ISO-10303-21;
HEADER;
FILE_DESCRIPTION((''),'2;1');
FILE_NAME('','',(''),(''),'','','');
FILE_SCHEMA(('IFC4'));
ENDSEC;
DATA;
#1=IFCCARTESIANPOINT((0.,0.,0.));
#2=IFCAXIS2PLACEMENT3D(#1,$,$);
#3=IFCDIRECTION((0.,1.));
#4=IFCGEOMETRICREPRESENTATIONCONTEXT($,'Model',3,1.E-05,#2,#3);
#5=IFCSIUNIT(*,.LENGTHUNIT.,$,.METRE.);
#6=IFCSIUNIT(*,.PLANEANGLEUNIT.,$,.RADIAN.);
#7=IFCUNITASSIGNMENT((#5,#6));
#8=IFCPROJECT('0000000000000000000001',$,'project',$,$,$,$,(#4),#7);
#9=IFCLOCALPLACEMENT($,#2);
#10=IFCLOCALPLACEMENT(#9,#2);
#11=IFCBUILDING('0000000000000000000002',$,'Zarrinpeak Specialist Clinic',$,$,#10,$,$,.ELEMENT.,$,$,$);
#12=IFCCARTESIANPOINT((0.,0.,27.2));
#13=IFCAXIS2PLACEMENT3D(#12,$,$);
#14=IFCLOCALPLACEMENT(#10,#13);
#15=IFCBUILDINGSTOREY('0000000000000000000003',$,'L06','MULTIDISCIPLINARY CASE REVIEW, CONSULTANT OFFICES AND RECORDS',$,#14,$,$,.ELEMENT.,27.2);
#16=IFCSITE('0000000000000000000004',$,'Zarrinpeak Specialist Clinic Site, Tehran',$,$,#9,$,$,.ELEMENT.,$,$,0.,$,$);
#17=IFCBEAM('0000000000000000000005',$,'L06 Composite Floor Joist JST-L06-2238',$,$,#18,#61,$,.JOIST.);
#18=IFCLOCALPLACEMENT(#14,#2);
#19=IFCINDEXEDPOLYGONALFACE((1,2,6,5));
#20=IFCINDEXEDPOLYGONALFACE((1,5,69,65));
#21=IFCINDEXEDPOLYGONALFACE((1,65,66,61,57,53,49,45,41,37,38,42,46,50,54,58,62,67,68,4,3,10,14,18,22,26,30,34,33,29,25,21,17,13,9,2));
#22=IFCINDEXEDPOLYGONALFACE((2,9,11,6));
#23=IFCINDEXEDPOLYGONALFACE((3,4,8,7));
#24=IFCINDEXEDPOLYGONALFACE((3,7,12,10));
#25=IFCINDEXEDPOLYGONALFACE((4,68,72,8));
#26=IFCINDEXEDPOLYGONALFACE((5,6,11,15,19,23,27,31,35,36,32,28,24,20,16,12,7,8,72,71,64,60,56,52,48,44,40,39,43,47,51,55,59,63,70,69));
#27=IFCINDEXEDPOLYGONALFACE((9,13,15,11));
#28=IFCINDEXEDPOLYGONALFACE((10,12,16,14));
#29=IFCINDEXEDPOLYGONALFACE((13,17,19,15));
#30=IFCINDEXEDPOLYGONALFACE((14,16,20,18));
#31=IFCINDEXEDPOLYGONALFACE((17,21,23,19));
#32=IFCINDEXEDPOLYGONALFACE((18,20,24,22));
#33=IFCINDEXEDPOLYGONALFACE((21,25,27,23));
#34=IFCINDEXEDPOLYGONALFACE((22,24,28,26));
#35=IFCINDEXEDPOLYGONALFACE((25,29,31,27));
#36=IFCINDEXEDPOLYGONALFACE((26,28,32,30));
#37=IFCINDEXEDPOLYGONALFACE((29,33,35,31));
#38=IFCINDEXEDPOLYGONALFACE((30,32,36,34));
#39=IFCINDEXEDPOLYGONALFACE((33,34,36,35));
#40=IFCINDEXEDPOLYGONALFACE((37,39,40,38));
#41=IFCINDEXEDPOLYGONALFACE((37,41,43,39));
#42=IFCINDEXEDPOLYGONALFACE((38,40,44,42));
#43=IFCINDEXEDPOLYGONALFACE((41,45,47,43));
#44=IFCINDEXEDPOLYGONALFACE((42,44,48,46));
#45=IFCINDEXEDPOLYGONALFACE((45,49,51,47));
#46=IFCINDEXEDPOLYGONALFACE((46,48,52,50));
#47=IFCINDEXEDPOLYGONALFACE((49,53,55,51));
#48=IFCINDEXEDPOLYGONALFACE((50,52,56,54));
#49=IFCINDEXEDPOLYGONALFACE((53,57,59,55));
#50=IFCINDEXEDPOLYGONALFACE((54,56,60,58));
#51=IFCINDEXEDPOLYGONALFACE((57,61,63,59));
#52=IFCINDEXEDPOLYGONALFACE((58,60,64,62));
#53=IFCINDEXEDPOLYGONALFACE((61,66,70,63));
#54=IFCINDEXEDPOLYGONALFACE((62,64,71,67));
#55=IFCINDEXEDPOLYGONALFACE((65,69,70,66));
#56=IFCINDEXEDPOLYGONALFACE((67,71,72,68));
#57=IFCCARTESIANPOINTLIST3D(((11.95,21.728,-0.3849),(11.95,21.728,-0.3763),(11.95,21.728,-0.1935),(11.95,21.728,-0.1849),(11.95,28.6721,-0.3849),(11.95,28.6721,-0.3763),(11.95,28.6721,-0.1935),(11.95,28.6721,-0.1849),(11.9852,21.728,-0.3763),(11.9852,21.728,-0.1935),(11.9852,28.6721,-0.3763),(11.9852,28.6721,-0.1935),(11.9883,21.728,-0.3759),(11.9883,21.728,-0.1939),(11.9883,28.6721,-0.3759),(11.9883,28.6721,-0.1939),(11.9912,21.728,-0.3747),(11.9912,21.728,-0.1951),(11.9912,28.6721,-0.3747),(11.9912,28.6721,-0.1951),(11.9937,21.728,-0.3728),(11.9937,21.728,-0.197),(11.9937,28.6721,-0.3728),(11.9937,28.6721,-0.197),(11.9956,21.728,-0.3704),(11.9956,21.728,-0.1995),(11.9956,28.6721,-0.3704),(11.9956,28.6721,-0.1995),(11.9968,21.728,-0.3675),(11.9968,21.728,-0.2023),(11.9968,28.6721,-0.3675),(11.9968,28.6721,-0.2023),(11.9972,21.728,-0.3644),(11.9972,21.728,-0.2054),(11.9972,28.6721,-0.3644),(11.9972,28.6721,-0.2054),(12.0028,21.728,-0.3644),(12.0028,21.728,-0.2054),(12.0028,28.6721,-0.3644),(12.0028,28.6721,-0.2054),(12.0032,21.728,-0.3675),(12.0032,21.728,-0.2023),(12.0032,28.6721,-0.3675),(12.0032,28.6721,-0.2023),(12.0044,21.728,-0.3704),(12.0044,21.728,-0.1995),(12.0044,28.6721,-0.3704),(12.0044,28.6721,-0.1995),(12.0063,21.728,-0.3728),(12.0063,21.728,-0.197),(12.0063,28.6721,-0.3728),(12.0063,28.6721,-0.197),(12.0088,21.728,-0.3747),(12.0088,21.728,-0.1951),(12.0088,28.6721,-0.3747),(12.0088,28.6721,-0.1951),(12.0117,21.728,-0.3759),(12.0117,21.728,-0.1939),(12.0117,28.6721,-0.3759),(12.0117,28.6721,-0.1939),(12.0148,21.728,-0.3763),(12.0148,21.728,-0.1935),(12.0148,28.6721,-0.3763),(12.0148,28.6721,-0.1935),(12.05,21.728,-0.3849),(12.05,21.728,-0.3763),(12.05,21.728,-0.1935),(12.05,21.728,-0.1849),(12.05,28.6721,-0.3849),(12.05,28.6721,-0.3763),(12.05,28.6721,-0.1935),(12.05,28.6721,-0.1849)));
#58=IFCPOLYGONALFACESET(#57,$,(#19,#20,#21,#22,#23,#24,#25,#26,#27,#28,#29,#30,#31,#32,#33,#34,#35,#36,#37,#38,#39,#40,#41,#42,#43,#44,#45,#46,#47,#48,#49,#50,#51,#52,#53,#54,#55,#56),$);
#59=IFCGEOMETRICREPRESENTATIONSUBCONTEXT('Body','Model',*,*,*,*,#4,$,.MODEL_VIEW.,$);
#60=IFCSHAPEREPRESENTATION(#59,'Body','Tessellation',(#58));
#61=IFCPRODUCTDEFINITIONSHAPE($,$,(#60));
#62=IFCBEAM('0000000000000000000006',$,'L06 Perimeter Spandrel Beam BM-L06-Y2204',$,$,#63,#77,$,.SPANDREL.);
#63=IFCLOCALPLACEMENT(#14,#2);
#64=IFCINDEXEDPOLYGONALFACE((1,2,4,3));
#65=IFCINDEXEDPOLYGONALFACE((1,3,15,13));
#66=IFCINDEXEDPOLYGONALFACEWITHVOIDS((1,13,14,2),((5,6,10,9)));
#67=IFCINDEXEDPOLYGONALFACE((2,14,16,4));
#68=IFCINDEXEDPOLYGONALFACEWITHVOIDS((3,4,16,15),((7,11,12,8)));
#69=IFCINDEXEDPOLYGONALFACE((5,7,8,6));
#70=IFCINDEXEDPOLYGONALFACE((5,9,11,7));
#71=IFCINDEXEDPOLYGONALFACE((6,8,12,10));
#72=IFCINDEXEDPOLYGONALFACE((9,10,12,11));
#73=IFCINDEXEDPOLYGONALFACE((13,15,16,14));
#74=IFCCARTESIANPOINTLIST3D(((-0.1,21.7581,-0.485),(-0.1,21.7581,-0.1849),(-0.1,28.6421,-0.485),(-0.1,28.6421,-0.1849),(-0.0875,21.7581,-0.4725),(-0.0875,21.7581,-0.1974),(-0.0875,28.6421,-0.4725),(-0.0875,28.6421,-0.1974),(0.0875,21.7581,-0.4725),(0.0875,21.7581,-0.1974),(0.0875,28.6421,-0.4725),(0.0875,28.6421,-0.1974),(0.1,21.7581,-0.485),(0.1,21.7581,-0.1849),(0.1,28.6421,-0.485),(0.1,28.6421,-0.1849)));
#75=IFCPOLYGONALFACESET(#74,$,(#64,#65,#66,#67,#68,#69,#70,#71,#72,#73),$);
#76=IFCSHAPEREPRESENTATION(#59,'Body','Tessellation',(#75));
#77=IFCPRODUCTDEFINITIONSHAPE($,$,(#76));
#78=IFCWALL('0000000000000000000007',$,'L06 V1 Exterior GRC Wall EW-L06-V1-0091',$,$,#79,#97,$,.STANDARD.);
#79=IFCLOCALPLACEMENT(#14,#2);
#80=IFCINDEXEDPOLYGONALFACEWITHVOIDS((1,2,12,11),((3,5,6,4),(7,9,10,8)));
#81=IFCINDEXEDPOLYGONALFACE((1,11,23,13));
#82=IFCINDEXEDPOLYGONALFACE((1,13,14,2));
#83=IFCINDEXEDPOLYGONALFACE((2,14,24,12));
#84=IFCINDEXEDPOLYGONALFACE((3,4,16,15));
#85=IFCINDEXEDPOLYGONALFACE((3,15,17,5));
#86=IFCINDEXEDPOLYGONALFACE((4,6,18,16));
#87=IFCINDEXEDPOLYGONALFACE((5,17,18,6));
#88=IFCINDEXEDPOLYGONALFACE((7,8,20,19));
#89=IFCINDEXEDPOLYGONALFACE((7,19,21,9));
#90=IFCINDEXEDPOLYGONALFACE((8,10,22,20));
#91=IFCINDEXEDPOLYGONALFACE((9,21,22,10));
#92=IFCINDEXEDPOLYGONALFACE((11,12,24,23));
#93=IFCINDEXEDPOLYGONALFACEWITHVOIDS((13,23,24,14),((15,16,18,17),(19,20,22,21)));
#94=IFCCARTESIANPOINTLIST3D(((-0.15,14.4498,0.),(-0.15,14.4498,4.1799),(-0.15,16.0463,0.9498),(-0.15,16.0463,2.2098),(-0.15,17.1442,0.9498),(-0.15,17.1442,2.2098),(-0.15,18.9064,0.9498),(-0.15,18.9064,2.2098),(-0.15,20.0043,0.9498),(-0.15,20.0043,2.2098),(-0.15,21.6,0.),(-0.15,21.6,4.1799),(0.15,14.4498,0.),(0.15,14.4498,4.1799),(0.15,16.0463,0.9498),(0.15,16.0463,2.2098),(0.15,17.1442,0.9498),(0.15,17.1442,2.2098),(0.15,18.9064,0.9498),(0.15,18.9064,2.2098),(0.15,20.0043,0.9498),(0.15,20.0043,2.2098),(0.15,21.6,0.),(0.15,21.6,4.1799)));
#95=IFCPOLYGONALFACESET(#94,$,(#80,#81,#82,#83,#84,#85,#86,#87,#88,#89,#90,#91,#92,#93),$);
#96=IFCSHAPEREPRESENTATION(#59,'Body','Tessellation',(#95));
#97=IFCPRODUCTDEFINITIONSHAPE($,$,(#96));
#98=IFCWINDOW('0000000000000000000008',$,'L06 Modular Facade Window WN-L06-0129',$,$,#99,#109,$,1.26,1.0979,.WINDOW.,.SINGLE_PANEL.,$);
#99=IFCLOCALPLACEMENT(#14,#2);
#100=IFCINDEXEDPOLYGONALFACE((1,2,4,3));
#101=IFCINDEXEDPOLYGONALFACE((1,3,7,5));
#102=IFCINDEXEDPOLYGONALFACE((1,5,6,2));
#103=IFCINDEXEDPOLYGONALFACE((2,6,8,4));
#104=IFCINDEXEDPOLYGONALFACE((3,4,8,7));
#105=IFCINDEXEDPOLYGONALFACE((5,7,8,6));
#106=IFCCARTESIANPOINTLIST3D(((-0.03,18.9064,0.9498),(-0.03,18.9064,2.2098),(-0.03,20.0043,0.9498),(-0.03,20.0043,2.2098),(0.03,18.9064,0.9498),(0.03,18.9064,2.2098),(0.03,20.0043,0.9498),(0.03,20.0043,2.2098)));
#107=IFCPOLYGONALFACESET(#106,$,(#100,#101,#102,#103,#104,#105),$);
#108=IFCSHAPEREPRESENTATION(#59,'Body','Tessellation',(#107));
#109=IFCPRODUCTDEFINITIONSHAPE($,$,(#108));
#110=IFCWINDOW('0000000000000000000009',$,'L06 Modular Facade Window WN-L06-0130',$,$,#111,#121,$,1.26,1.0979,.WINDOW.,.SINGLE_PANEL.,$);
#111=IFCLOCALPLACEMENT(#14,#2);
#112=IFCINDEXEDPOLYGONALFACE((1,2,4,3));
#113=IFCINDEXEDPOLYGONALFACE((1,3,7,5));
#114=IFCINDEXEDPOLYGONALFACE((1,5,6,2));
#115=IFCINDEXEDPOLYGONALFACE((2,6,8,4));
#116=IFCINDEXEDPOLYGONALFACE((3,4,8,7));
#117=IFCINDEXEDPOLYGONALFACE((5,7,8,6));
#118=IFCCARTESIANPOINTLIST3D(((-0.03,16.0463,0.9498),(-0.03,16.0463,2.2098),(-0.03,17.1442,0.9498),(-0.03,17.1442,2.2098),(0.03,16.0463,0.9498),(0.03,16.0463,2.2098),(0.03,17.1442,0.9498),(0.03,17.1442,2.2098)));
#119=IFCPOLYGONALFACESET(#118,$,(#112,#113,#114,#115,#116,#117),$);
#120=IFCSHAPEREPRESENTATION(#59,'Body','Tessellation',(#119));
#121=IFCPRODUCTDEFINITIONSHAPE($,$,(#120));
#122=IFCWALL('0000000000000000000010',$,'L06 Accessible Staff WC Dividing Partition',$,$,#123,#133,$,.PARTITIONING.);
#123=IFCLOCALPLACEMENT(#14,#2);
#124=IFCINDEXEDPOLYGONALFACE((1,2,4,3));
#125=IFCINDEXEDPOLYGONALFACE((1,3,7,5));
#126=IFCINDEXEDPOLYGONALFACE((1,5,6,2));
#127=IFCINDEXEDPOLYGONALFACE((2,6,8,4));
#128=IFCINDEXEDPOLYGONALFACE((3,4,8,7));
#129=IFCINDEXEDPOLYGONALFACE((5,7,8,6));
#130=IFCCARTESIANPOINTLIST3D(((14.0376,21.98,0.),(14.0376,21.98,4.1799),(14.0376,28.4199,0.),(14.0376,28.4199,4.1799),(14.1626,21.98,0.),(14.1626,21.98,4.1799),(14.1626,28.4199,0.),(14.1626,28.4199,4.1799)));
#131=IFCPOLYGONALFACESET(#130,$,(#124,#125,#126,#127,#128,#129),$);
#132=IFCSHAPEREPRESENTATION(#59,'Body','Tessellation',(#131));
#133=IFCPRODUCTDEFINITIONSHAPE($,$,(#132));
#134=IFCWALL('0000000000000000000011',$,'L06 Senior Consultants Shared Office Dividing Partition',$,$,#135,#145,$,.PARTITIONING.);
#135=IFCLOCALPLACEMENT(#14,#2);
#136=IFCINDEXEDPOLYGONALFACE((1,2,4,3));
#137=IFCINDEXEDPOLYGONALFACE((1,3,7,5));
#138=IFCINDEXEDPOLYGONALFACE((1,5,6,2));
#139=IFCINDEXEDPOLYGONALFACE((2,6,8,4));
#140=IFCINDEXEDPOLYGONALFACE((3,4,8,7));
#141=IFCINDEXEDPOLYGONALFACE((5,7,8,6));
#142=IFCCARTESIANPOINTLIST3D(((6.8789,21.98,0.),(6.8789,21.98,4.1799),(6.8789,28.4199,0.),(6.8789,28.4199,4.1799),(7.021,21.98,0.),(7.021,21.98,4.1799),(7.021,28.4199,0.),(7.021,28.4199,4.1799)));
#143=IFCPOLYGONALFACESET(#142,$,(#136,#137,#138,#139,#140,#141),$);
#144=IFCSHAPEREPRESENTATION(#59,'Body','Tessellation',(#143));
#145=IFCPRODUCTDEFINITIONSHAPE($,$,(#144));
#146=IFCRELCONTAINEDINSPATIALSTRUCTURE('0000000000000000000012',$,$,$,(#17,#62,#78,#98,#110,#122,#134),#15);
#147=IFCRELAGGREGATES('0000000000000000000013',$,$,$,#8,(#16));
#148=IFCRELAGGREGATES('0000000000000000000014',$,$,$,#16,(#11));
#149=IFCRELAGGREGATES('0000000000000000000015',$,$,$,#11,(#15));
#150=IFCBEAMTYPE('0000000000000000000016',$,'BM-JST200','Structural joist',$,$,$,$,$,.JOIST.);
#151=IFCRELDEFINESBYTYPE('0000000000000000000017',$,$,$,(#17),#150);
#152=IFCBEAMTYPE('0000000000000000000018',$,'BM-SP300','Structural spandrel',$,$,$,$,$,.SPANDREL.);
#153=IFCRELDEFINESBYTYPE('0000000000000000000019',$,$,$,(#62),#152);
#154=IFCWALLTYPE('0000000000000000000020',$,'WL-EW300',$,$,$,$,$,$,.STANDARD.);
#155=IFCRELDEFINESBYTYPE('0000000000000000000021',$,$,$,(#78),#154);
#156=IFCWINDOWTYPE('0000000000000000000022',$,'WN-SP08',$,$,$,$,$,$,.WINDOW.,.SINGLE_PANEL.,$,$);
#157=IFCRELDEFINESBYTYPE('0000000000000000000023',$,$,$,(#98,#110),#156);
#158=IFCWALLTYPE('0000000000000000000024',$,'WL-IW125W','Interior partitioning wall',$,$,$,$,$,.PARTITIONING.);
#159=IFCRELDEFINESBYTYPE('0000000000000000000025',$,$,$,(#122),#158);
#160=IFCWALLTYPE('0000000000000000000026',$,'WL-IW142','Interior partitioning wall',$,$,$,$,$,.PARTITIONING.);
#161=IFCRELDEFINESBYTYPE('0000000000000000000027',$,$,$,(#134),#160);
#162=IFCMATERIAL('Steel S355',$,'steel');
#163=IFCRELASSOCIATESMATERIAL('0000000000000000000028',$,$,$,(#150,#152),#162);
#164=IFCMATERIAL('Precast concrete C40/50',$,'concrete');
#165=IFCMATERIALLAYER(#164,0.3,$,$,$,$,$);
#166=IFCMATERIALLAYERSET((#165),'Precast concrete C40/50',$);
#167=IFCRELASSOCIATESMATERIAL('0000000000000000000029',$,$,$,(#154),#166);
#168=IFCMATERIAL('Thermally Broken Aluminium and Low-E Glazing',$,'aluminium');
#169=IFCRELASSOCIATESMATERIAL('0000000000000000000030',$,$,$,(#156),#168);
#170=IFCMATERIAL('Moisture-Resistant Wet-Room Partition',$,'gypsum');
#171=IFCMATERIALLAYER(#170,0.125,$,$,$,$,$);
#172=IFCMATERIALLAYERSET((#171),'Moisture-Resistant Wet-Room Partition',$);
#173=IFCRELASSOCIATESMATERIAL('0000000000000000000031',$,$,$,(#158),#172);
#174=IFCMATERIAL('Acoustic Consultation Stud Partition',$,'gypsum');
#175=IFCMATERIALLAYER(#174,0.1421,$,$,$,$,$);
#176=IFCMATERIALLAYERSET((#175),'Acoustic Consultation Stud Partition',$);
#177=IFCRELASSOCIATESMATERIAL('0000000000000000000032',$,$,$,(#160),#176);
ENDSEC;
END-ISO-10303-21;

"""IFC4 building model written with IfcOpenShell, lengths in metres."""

from ifc_helpers import new_model, si_unit, direction, frame, frame_2d, origin, origin_2d, place, context, subcontext, project, spatial, rectangle, hollow_rectangle, i_section, extrude, material, layer, layer_set, material_profile, profile_set, type_object, element, fill, save


model = new_model("IFC4")

# Units and contexts
model_context = context("Model", 3, precision=1e-05, world=origin(), true_north=direction((0.0, 1.0)))
body_context = subcontext(model_context, "Body", "Model", "MODEL_VIEW")
ifc_project = project(units=[si_unit("LENGTHUNIT", "METRE"), si_unit("PLANEANGLEUNIT", "RADIAN")], contexts=[model_context])

# Site, building, storey
site_placement = place(None, origin())
site = spatial("IfcSite", under=ifc_project, at=site_placement, Name="Zarrinpeak Specialist Clinic Site, Tehran", CompositionType="ELEMENT", RefElevation=0.0)
building_placement = place(site_placement, origin())
building = spatial("IfcBuilding", under=site, at=building_placement, Name="Zarrinpeak Specialist Clinic", CompositionType="ELEMENT")
storey_placement = place(building_placement, frame((0.0, 0.0, 27.2)))
storey = spatial("IfcBuildingStorey", under=building, at=storey_placement, Name="L06", Description="MULTIDISCIPLINARY CASE REVIEW, CONSULTANT OFFICES AND RECORDS", CompositionType="ELEMENT", Elevation=27.2)

# Shared definitions
ifc_material_1 = material(Name="Steel S355", Category="steel")

# Beams
ifc_material_profile_1 = material_profile(ifc_material_1, i_section(OverallWidth=0.1001, OverallDepth=0.2, WebThickness=0.0056, FlangeThickness=0.0085, FilletRadius=0.012, at=origin_2d()), Name="IPE 200")
ifc_profile_set_1 = profile_set([ifc_material_profile_1], Name="Steel S355")
beam_type_1 = type_object("IfcBeamType", Name="BM-JST200", Description="Structural joist", PredefinedType="JOIST", material=ifc_profile_set_1)
for number, where, z_axis, x_axis, name in (
    (1, (12.0, 21.728, -0.2849), (0.0, 1.0, 0.0), (-1.0, 0.0, 0.0), "L06 Composite Floor Joist JST-L06-2238"),
):
    element("IfcBeam", number, at=place(storey_placement, frame(where, z_axis=z_axis, x_axis=x_axis)), inside=storey, type_object=beam_type_1, Name=name, PredefinedType="JOIST", context=body_context, shape_type="SweptSolid", body=[
        extrude(i_section(OverallWidth=0.1001, OverallDepth=0.2, WebThickness=0.0056, FlangeThickness=0.0085, FilletRadius=0.012, at=origin_2d()), origin(), (0.0, 0.0, 1.0), 6.9441),
    ])
ifc_material_profile_2 = material_profile(ifc_material_1, hollow_rectangle(XDim=0.2, YDim=0.3, WallThickness=0.0125, at=origin_2d()), Name="RHS 300x200x12.5")
ifc_profile_set_2 = profile_set([ifc_material_profile_2], Name="Steel S355")
beam_type_2 = type_object("IfcBeamType", Name="BM-SP300", Description="Structural spandrel", PredefinedType="SPANDREL", material=ifc_profile_set_2)
beam_1_placement = place(storey_placement, frame((0.0, 21.7581, -0.335), z_axis=(0.0, 1.0, 0.0), x_axis=(-1.0, 0.0, 0.0)))
element("IfcBeam", 2, at=beam_1_placement, inside=storey, type_object=beam_type_2, Name="L06 Perimeter Spandrel Beam BM-L06-Y2204", PredefinedType="SPANDREL", context=body_context, shape_type="SweptSolid", body=[
    extrude(hollow_rectangle(XDim=0.2, YDim=0.3, WallThickness=0.0125, at=origin_2d()), origin(), (0.0, 0.0, 1.0), 6.884),
])

# Wall, openings, windows
ifc_material_2 = material(Name="Precast concrete C40/50", Category="concrete")
ifc_layer_1 = layer(ifc_material_2, 0.3)
ifc_layer_set_1 = layer_set([ifc_layer_1], Name="Precast concrete C40/50")
wall_type_1 = type_object("IfcWallType", Name="WL-EW300", PredefinedType="STANDARD", material=ifc_layer_set_1)
wall_1_placement = place(storey_placement, frame((0.0, 21.6001, 0.0), z_axis=(0.0, 0.0, 1.0), x_axis=(0.0, -1.0, 0.0)))
wall_1 = element("IfcWall", 3, at=wall_1_placement, inside=storey, type_object=wall_type_1, Name="L06 V1 Exterior GRC Wall EW-L06-V1-0091", PredefinedType="STANDARD", context=body_context, shape_type="SweptSolid", body=[
    extrude(rectangle(XDim=7.1501, YDim=0.3, at=frame_2d((3.5752, 0.0))), origin(), (0.0, 0.0, 1.0), 4.1799),
])
opening_1_placement = place(wall_1_placement, frame((1.5959, 0.0, 0.95)))
opening_1 = element("IfcOpeningElement", 4, at=opening_1_placement, cuts=wall_1, PredefinedType="OPENING", context=body_context, shape_type="SweptSolid", body=[
    extrude(rectangle(XDim=1.0979, YDim=1.26, at=frame_2d((0.5488, 0.6299))), frame((0.0, 0.1602, 0.0), z_axis=(0.0, -1.0, 0.0), x_axis=(1.0, 0.0, 0.0)), (0.0, 0.0, 1.0), 0.3201),
])
opening_2_placement = place(wall_1_placement, frame((4.4561, 0.0, 0.95)))
opening_2 = element("IfcOpeningElement", 5, at=opening_2_placement, cuts=wall_1, PredefinedType="OPENING", context=body_context, shape_type="SweptSolid", body=[
    extrude(rectangle(XDim=1.0979, YDim=1.26, at=frame_2d((0.5488, 0.6299))), frame((0.0, 0.1602, 0.0), z_axis=(0.0, -1.0, 0.0), x_axis=(1.0, 0.0, 0.0)), (0.0, 0.0, 1.0), 0.3201),
])
ifc_material_3 = material(Name="Thermally Broken Aluminium and Low-E Glazing", Category="aluminium")
window_type = type_object("IfcWindowType", Name="WN-SP08", PartitioningType="SINGLE_PANEL", PredefinedType="WINDOW", material=ifc_material_3)
window_1_placement = place(opening_1_placement, origin())
window_1 = element("IfcWindow", 6, at=window_1_placement, inside=storey, type_object=window_type, Name="L06 Modular Facade Window WN-L06-0129", OverallHeight=1.26, OverallWidth=1.0979, PartitioningType="SINGLE_PANEL", PredefinedType="WINDOW", context=body_context, shape_type="SweptSolid", body=[
    extrude(rectangle(XDim=1.0979, YDim=1.26, at=frame_2d((0.5488, 0.6299))), frame((0.0, 0.03, 0.0), z_axis=(0.0, -1.0, 0.0), x_axis=(1.0, 0.0, 0.0)), (0.0, 0.0, 1.0), 0.0601),
])
fill(opening_1, window_1)
window_2_placement = place(opening_2_placement, origin())
window_2 = element("IfcWindow", 7, at=window_2_placement, inside=storey, type_object=window_type, Name="L06 Modular Facade Window WN-L06-0130", OverallHeight=1.26, OverallWidth=1.0979, PartitioningType="SINGLE_PANEL", PredefinedType="WINDOW", context=body_context, shape_type="SweptSolid", body=[
    extrude(rectangle(XDim=1.0979, YDim=1.26, at=frame_2d((0.5488, 0.6299))), frame((0.0, 0.03, 0.0), z_axis=(0.0, -1.0, 0.0), x_axis=(1.0, 0.0, 0.0)), (0.0, 0.0, 1.0), 0.0601),
])
fill(opening_2, window_2)

# Walls
ifc_material_4 = material(Name="Moisture-Resistant Wet-Room Partition", Category="gypsum")
ifc_layer_2 = layer(ifc_material_4, 0.125)
ifc_layer_set_2 = layer_set([ifc_layer_2], Name="Moisture-Resistant Wet-Room Partition")
wall_type_2 = type_object("IfcWallType", Name="WL-IW125W", Description="Interior partitioning wall", PredefinedType="PARTITIONING", material=ifc_layer_set_2)
wall_2_placement = place(storey_placement, frame((14.1001, 21.98, 0.0), z_axis=(0.0, 0.0, 1.0), x_axis=(0.0, 1.0, 0.0)))
element("IfcWall", 8, at=wall_2_placement, inside=storey, type_object=wall_type_2, Name="L06 Accessible Staff WC Dividing Partition", PredefinedType="PARTITIONING", context=body_context, shape_type="SweptSolid", body=[
    extrude(rectangle(XDim=6.4399, YDim=0.125, at=frame_2d((3.22, 0.0))), origin(), (0.0, 0.0, 1.0), 4.1799),
])
ifc_material_5 = material(Name="Acoustic Consultation Stud Partition", Category="gypsum")
ifc_layer_3 = layer(ifc_material_5, 0.1421)
ifc_layer_set_3 = layer_set([ifc_layer_3], Name="Acoustic Consultation Stud Partition")
wall_type_3 = type_object("IfcWallType", Name="WL-IW142", Description="Interior partitioning wall", PredefinedType="PARTITIONING", material=ifc_layer_set_3)
wall_3_placement = place(storey_placement, frame((6.95, 21.98, 0.0), z_axis=(0.0, 0.0, 1.0), x_axis=(0.0, 1.0, 0.0)))
element("IfcWall", 9, at=wall_3_placement, inside=storey, type_object=wall_type_3, Name="L06 Senior Consultants Shared Office Dividing Partition", PredefinedType="PARTITIONING", context=body_context, shape_type="SweptSolid", body=[
    extrude(rectangle(XDim=6.4399, YDim=0.1421, at=frame_2d((3.22, 0.0))), origin(), (0.0, 0.0, 1.0), 4.1799),
])

save(model, "model.ifc")
